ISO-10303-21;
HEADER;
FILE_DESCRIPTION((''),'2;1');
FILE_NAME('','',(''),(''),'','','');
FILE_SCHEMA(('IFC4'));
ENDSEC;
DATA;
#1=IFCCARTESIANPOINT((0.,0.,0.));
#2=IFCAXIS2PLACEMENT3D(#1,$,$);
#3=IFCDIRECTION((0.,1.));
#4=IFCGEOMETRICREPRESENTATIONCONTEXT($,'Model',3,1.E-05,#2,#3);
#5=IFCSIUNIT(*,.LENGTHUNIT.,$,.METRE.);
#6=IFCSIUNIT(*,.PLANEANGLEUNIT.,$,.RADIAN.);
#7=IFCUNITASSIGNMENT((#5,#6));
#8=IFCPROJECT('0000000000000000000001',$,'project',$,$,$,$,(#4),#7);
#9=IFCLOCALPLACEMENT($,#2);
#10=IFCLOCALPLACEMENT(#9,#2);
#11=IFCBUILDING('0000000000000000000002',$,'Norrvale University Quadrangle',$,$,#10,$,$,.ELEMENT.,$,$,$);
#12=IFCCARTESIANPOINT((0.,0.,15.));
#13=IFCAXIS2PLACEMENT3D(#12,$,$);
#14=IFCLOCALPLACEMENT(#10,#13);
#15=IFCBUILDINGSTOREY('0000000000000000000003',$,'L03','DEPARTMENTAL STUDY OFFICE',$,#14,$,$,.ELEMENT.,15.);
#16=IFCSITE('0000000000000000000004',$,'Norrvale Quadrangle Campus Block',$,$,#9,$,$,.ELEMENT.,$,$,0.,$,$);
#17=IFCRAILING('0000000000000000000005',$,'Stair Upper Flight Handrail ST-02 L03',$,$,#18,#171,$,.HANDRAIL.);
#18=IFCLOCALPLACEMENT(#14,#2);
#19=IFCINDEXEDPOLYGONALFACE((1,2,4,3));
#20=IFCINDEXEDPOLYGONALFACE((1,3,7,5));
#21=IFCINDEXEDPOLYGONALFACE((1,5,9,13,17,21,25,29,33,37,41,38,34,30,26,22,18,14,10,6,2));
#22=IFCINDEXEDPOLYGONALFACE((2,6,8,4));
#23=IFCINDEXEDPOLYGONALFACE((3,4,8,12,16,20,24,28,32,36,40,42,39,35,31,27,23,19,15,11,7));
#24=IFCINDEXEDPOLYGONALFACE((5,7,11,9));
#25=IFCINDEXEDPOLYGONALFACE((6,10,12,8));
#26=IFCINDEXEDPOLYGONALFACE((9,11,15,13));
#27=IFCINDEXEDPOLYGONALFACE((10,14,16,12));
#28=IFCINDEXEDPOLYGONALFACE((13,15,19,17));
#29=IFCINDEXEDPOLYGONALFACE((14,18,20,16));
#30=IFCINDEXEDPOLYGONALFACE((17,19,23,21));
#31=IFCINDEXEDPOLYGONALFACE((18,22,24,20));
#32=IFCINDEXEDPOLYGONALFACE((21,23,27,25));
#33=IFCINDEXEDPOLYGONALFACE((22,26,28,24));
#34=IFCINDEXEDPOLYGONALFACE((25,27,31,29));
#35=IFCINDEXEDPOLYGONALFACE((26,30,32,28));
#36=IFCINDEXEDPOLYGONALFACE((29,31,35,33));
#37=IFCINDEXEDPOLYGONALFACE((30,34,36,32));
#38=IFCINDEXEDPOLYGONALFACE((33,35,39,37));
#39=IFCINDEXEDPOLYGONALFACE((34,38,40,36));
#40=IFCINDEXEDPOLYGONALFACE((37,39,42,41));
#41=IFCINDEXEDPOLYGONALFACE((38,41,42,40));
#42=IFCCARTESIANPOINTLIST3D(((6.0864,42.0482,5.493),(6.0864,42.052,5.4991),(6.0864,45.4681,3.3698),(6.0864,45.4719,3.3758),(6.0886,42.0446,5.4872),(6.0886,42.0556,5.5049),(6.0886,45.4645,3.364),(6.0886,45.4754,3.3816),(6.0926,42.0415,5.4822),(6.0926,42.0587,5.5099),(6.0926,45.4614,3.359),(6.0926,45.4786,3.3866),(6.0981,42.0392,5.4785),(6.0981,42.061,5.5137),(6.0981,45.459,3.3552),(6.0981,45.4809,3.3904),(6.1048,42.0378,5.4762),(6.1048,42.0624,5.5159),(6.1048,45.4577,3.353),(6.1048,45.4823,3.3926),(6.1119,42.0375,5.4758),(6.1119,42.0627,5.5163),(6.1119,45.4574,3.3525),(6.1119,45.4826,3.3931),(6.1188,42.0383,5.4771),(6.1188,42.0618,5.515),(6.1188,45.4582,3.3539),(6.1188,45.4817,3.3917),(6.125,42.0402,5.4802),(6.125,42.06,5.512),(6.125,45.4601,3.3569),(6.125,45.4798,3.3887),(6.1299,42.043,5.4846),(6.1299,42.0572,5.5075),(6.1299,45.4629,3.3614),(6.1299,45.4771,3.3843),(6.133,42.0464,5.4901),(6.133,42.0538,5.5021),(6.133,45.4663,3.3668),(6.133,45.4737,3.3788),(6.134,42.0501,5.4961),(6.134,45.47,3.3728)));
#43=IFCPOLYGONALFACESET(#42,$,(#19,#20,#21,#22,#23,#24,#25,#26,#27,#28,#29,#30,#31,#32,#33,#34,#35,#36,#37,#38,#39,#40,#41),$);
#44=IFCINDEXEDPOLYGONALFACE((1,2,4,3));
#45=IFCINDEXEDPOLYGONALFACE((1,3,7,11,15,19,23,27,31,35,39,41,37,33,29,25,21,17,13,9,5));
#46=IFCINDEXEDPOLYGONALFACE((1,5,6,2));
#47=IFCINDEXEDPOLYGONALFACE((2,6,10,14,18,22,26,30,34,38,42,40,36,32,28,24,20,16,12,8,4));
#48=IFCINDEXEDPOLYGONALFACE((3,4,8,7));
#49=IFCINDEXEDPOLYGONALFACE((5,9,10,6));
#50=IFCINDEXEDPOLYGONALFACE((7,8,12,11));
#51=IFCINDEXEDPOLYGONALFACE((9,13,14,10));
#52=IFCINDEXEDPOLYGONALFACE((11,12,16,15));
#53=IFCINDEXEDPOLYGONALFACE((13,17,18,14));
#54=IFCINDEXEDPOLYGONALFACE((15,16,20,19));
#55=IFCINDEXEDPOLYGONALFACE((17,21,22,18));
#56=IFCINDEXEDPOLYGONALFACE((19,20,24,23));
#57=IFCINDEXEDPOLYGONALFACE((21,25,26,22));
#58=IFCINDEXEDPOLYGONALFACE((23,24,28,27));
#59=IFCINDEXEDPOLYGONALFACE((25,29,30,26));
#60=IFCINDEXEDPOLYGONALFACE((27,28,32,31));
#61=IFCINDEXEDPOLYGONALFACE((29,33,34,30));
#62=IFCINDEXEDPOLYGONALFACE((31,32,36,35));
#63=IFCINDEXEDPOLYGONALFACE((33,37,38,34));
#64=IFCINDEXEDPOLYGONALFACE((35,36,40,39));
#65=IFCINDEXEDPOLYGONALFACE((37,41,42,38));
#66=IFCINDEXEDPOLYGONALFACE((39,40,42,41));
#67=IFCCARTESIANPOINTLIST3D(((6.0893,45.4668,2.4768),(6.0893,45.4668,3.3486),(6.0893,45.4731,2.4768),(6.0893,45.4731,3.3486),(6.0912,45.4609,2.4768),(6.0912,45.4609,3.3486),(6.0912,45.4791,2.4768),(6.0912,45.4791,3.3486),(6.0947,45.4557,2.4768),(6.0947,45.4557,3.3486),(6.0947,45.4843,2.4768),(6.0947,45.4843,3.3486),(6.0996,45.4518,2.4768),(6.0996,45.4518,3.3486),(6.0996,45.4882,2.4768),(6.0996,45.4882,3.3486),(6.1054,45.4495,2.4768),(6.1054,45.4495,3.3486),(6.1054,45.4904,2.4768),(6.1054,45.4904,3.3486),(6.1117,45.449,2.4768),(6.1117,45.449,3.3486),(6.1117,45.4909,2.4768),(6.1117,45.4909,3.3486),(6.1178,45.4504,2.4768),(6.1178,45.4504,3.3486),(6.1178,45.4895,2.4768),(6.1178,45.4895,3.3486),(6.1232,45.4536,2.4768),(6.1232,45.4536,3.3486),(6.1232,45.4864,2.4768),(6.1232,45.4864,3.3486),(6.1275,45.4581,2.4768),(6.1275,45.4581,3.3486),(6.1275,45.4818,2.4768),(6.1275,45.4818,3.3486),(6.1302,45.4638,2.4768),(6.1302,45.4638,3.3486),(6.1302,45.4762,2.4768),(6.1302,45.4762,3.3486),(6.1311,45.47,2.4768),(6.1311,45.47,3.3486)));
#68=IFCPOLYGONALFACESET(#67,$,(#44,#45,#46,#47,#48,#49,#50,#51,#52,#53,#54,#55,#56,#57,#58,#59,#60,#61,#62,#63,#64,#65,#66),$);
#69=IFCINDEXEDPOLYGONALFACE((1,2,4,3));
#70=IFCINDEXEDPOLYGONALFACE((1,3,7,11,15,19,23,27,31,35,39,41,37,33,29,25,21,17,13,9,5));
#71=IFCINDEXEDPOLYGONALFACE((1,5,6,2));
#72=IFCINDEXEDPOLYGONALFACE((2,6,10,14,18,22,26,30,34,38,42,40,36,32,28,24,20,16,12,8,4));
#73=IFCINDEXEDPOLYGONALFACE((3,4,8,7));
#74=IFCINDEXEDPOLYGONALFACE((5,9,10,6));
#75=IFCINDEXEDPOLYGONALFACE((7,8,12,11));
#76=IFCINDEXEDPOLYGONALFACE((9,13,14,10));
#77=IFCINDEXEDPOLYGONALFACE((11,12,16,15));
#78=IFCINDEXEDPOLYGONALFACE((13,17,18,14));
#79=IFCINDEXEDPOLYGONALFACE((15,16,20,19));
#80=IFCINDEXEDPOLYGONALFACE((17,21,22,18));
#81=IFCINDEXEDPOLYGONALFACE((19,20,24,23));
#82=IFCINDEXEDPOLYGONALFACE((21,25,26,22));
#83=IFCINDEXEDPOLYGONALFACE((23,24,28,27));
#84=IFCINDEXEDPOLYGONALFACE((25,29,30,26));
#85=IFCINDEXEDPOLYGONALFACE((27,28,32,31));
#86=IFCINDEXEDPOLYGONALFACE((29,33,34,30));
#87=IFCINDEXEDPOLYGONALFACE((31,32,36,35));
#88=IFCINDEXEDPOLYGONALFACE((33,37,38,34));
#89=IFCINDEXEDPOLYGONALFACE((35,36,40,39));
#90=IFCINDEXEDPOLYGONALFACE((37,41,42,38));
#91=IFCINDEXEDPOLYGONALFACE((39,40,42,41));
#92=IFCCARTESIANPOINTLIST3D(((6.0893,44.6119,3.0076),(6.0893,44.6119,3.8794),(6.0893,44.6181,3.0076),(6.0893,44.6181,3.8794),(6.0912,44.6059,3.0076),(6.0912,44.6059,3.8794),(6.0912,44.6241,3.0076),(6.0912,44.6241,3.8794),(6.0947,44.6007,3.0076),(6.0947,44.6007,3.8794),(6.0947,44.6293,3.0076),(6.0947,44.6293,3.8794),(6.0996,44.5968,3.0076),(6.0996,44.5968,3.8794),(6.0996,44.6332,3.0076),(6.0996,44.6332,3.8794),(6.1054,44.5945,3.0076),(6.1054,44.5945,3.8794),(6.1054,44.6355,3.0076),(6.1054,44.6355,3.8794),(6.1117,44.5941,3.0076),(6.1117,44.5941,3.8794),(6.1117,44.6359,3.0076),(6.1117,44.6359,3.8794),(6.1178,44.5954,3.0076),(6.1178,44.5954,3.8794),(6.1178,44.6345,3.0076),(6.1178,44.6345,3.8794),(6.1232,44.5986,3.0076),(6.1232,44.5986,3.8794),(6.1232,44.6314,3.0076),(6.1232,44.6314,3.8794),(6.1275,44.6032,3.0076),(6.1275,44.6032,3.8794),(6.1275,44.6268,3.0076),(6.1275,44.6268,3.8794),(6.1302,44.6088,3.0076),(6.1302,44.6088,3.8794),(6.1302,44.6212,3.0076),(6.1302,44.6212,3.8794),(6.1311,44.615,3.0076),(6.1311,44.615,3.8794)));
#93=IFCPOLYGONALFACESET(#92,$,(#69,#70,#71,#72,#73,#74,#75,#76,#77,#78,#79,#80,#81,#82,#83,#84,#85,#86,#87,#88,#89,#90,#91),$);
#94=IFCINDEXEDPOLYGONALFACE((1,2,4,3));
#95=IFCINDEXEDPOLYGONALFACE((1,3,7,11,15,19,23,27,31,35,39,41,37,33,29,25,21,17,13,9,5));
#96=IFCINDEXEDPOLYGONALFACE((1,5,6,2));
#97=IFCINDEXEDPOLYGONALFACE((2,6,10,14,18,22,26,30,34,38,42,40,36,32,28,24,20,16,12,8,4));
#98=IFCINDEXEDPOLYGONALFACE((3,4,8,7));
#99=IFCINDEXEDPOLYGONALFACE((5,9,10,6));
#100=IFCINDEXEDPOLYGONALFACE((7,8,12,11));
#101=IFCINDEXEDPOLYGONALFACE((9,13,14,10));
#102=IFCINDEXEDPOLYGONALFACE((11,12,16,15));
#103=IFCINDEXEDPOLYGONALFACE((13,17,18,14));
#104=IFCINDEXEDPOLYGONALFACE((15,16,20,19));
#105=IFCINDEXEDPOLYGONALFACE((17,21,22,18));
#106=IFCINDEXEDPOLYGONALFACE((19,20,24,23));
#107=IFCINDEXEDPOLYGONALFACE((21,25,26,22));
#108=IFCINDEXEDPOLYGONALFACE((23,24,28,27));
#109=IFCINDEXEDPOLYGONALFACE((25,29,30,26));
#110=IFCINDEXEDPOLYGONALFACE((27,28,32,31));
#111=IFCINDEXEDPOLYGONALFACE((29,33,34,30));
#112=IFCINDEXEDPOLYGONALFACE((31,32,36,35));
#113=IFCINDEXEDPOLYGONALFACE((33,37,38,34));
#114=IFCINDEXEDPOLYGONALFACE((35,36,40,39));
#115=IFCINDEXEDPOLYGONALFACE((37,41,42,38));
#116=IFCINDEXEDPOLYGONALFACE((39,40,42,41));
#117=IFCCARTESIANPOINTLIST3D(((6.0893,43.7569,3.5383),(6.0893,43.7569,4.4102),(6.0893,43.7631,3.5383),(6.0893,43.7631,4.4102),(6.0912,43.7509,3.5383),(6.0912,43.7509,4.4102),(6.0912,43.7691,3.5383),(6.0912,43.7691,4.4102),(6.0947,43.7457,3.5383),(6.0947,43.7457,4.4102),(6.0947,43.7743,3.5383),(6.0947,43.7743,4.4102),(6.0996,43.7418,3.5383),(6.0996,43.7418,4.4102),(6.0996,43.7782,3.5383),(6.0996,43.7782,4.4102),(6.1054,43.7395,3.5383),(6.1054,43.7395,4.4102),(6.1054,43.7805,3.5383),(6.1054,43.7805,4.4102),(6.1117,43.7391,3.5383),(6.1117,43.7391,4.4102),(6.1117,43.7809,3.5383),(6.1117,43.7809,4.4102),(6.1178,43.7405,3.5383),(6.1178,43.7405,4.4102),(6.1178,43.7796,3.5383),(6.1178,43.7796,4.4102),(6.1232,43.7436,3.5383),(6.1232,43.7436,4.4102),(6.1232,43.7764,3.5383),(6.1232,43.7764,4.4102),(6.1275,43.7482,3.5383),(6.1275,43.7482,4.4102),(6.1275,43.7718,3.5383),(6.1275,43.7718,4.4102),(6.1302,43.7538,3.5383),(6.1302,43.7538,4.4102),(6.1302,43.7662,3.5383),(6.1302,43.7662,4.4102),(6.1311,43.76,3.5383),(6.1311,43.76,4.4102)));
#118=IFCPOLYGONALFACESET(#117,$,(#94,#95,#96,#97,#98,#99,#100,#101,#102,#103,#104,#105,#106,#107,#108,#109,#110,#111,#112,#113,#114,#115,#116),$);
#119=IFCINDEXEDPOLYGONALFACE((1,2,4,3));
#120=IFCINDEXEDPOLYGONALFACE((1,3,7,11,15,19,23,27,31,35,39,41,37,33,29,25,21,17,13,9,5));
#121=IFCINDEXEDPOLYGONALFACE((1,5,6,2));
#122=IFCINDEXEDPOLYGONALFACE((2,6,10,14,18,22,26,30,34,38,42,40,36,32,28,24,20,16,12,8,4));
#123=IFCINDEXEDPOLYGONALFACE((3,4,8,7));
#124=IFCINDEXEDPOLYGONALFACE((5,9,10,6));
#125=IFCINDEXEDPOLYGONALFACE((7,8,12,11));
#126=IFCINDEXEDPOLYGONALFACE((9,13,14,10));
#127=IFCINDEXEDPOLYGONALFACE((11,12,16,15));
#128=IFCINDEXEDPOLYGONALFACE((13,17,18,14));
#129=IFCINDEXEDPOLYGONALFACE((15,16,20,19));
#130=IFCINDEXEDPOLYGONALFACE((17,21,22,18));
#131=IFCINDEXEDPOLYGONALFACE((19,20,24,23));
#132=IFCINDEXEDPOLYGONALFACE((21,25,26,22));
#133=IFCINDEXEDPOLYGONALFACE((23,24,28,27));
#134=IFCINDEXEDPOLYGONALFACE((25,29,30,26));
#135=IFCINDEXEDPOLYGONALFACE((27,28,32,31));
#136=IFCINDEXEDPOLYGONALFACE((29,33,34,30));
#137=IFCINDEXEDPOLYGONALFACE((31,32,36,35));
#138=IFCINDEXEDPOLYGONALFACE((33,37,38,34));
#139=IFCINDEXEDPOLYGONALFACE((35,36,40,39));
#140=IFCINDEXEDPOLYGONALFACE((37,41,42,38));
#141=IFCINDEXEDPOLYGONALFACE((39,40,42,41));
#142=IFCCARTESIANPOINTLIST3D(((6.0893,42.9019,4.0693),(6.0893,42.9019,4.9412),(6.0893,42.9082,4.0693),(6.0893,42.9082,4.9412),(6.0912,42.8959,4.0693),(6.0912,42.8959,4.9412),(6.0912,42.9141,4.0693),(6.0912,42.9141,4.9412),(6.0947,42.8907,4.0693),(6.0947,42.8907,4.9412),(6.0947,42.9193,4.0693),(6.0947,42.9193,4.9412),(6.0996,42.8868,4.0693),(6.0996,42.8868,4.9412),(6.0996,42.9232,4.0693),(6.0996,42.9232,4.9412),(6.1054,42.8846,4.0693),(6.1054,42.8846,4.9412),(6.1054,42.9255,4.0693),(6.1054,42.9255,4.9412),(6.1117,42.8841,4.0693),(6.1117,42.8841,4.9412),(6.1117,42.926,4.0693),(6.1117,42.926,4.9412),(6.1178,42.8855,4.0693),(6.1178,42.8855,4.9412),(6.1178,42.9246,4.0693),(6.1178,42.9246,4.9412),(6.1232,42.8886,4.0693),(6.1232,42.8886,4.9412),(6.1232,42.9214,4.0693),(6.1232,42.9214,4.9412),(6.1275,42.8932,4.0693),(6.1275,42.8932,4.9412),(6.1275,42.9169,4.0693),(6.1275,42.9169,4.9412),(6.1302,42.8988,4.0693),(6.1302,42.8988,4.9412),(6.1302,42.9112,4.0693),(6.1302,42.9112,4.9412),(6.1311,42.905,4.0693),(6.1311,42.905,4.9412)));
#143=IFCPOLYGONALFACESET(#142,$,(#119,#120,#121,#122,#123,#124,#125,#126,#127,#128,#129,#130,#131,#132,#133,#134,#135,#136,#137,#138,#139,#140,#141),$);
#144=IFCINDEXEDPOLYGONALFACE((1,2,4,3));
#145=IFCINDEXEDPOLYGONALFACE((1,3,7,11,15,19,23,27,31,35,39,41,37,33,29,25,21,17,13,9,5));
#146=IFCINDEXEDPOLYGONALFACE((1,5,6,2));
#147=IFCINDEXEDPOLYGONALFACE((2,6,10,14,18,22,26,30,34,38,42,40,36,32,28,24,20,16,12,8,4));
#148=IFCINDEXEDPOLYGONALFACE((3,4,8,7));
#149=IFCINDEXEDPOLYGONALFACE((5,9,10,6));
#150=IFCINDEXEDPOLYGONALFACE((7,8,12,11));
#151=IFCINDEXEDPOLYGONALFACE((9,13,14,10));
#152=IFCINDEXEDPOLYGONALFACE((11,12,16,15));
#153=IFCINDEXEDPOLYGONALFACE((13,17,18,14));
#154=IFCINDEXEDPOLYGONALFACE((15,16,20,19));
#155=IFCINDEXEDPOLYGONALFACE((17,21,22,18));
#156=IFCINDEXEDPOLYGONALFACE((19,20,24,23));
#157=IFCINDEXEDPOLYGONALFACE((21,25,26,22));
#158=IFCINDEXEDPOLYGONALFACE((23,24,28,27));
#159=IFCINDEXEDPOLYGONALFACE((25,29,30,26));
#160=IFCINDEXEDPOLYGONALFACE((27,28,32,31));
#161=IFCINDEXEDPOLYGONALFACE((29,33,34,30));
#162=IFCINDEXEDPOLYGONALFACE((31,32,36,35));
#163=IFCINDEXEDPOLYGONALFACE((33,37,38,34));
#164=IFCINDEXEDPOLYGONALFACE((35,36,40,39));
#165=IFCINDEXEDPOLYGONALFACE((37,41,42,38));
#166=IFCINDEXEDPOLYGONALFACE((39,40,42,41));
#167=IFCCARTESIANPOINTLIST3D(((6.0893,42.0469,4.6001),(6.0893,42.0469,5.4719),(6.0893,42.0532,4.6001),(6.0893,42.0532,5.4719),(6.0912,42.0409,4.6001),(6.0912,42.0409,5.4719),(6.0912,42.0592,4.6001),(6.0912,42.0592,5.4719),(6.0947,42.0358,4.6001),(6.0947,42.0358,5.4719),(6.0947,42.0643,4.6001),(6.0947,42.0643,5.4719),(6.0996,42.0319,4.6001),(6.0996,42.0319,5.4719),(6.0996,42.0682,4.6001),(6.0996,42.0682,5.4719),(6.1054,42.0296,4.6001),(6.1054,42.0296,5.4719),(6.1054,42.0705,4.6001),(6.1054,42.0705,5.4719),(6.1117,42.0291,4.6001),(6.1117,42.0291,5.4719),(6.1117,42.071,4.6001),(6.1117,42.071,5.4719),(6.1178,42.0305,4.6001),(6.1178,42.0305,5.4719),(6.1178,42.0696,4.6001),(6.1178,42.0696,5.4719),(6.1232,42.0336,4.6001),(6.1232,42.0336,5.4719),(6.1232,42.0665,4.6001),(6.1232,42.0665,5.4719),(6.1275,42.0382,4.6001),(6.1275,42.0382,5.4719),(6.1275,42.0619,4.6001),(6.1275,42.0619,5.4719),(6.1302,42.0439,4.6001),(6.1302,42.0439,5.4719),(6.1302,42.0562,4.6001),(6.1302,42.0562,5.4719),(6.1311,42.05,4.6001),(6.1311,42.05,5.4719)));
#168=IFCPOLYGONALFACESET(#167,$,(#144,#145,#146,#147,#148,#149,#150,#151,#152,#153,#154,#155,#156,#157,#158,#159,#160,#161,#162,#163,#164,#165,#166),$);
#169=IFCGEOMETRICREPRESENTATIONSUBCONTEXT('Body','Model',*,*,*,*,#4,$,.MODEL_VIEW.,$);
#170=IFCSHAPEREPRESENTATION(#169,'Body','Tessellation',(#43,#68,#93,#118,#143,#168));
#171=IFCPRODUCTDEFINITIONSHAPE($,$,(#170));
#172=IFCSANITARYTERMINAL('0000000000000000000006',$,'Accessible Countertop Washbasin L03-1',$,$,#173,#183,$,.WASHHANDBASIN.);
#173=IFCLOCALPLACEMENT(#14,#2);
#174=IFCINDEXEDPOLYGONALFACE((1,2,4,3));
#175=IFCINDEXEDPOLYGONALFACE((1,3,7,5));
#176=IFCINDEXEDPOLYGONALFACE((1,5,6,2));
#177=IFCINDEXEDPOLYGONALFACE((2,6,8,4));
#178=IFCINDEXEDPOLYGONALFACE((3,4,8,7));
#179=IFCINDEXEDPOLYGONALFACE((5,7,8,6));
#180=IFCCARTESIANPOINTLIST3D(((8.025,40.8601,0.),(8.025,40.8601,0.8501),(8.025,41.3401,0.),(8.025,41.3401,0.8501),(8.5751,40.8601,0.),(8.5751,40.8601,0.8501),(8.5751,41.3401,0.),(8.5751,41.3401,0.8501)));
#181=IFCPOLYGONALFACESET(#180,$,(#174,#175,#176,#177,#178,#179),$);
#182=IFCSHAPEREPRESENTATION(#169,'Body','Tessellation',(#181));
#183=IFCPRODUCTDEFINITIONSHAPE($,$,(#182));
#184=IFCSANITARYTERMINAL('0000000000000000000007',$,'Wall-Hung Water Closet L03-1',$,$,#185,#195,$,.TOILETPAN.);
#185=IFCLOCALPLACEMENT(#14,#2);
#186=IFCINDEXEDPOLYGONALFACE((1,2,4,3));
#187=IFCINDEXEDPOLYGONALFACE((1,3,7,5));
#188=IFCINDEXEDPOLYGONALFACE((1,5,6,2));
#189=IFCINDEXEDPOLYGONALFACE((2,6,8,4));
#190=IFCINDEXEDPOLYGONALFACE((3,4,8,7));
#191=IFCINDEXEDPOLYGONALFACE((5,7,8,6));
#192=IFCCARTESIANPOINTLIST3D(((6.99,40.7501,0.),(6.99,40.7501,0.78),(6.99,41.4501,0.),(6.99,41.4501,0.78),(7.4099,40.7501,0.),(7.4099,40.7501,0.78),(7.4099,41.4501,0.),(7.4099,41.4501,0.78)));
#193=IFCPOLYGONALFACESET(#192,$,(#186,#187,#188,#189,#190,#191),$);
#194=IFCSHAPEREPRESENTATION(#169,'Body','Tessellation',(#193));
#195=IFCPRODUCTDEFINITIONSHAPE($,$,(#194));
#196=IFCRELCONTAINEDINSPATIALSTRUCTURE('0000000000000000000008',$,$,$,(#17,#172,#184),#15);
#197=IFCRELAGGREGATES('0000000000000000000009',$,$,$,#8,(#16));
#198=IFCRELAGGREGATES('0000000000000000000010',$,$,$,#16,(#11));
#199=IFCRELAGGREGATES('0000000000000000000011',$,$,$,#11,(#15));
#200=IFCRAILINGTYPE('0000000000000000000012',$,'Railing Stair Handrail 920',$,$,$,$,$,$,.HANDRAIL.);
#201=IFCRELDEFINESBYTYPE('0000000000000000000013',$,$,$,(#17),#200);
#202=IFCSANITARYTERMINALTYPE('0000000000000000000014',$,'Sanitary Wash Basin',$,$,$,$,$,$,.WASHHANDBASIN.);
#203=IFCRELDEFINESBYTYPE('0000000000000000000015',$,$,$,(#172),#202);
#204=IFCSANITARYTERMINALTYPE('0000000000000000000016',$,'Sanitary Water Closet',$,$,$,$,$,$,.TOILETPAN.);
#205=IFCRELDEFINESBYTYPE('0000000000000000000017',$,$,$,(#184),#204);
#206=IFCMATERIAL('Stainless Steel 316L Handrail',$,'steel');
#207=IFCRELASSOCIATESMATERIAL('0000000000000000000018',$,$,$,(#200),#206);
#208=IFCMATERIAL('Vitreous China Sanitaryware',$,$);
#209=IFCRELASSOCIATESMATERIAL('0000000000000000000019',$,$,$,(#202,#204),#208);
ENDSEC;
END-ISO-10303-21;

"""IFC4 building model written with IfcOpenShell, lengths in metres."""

from ifc_helpers import new_model, si_unit, direction, frame, origin, origin_2d, place, context, subcontext, project, spatial, rectangle, circle, extrude, material, type_object, element, save


model = new_model("IFC4")

# Units and contexts
model_context = context("Model", 3, precision=1e-05, world=origin(), true_north=direction((0.0, 1.0)))
body_context = subcontext(model_context, "Body", "Model", "MODEL_VIEW")
ifc_project = project(units=[si_unit("LENGTHUNIT", "METRE"), si_unit("PLANEANGLEUNIT", "RADIAN")], contexts=[model_context])

# Site, building, storey
site_placement = place(None, origin())
site = spatial("IfcSite", under=ifc_project, at=site_placement, Name="Norrvale Quadrangle Campus Block", CompositionType="ELEMENT", RefElevation=0.0)
building_placement = place(site_placement, origin())
building = spatial("IfcBuilding", under=site, at=building_placement, Name="Norrvale University Quadrangle", CompositionType="ELEMENT")
storey_placement = place(building_placement, frame((0.0, 0.0, 15.0)))
storey = spatial("IfcBuildingStorey", under=building, at=storey_placement, Name="L03", Description="DEPARTMENTAL STUDY OFFICE", CompositionType="ELEMENT", Elevation=15.0)

# Railing
ifc_material_1 = material(Name="Stainless Steel 316L Handrail", Category="steel")
railing_type_1 = type_object("IfcRailingType", Name="Railing Stair Handrail 920", PredefinedType="HANDRAIL", material=ifc_material_1)
railing_1_placement = place(storey_placement, frame((6.1101, 45.47, 2.4768)))
element("IfcRailing", 1, at=railing_1_placement, inside=storey, type_object=railing_type_1, Name="Stair Upper Flight Handrail ST-02 L03", PredefinedType="HANDRAIL", context=body_context, shape_type="SweptSolid", body=[
    extrude(circle(Radius=0.0239, at=origin_2d()), frame((0.0, 0.0, 0.896), z_axis=(0.0, -0.849576, 0.527467), x_axis=(1.0, 0.0, 0.0)), (0.0, 0.0, 1.0), 4.0254),
    extrude(circle(Radius=0.021, at=origin_2d()), origin(), (0.0, 0.0, 1.0), 0.8718),
    extrude(circle(Radius=0.021, at=origin_2d()), frame((0.0, -0.855, 0.5308)), (0.0, 0.0, 1.0), 0.8718),
    extrude(circle(Radius=0.021, at=origin_2d()), frame((0.0, -1.71, 1.0615)), (0.0, 0.0, 1.0), 0.8718),
    extrude(circle(Radius=0.021, at=origin_2d()), frame((0.0, -2.5649, 1.5925)), (0.0, 0.0, 1.0), 0.8718),
    extrude(circle(Radius=0.021, at=origin_2d()), frame((0.0, -3.4199, 2.1233)), (0.0, 0.0, 1.0), 0.8718),
])

# Sanitary terminals
ifc_material_2 = material(Name="Vitreous China Sanitaryware")
sanitary_terminal_type_1 = type_object("IfcSanitaryTerminalType", Name="Sanitary Wash Basin", PredefinedType="WASHHANDBASIN", material=ifc_material_2)
sanitary_terminal_1_placement = place(storey_placement, frame((8.3, 41.1001, 0.0), z_axis=(0.0, 0.0, 1.0), x_axis=(1.0, 0.0, 0.0)))
element("IfcSanitaryTerminal", 2, at=sanitary_terminal_1_placement, inside=storey, type_object=sanitary_terminal_type_1, Name="Accessible Countertop Washbasin L03-1", PredefinedType="WASHHANDBASIN", context=body_context, shape_type="SweptSolid", body=[
    extrude(rectangle(XDim=0.55, YDim=0.48, at=origin_2d()), origin(), (0.0, 0.0, 1.0), 0.8501),
])
sanitary_terminal_type_2 = type_object("IfcSanitaryTerminalType", Name="Sanitary Water Closet", PredefinedType="TOILETPAN", material=ifc_material_2)
sanitary_terminal_2_placement = place(storey_placement, frame((7.2, 41.1001, 0.0), z_axis=(0.0, 0.0, 1.0), x_axis=(1.0, 0.0, 0.0)))
element("IfcSanitaryTerminal", 3, at=sanitary_terminal_2_placement, inside=storey, type_object=sanitary_terminal_type_2, Name="Wall-Hung Water Closet L03-1", PredefinedType="TOILETPAN", context=body_context, shape_type="SweptSolid", body=[
    extrude(rectangle(XDim=0.4199, YDim=0.7, at=origin_2d()), origin(), (0.0, 0.0, 1.0), 0.78),
])

save(model, "model.ifc")
